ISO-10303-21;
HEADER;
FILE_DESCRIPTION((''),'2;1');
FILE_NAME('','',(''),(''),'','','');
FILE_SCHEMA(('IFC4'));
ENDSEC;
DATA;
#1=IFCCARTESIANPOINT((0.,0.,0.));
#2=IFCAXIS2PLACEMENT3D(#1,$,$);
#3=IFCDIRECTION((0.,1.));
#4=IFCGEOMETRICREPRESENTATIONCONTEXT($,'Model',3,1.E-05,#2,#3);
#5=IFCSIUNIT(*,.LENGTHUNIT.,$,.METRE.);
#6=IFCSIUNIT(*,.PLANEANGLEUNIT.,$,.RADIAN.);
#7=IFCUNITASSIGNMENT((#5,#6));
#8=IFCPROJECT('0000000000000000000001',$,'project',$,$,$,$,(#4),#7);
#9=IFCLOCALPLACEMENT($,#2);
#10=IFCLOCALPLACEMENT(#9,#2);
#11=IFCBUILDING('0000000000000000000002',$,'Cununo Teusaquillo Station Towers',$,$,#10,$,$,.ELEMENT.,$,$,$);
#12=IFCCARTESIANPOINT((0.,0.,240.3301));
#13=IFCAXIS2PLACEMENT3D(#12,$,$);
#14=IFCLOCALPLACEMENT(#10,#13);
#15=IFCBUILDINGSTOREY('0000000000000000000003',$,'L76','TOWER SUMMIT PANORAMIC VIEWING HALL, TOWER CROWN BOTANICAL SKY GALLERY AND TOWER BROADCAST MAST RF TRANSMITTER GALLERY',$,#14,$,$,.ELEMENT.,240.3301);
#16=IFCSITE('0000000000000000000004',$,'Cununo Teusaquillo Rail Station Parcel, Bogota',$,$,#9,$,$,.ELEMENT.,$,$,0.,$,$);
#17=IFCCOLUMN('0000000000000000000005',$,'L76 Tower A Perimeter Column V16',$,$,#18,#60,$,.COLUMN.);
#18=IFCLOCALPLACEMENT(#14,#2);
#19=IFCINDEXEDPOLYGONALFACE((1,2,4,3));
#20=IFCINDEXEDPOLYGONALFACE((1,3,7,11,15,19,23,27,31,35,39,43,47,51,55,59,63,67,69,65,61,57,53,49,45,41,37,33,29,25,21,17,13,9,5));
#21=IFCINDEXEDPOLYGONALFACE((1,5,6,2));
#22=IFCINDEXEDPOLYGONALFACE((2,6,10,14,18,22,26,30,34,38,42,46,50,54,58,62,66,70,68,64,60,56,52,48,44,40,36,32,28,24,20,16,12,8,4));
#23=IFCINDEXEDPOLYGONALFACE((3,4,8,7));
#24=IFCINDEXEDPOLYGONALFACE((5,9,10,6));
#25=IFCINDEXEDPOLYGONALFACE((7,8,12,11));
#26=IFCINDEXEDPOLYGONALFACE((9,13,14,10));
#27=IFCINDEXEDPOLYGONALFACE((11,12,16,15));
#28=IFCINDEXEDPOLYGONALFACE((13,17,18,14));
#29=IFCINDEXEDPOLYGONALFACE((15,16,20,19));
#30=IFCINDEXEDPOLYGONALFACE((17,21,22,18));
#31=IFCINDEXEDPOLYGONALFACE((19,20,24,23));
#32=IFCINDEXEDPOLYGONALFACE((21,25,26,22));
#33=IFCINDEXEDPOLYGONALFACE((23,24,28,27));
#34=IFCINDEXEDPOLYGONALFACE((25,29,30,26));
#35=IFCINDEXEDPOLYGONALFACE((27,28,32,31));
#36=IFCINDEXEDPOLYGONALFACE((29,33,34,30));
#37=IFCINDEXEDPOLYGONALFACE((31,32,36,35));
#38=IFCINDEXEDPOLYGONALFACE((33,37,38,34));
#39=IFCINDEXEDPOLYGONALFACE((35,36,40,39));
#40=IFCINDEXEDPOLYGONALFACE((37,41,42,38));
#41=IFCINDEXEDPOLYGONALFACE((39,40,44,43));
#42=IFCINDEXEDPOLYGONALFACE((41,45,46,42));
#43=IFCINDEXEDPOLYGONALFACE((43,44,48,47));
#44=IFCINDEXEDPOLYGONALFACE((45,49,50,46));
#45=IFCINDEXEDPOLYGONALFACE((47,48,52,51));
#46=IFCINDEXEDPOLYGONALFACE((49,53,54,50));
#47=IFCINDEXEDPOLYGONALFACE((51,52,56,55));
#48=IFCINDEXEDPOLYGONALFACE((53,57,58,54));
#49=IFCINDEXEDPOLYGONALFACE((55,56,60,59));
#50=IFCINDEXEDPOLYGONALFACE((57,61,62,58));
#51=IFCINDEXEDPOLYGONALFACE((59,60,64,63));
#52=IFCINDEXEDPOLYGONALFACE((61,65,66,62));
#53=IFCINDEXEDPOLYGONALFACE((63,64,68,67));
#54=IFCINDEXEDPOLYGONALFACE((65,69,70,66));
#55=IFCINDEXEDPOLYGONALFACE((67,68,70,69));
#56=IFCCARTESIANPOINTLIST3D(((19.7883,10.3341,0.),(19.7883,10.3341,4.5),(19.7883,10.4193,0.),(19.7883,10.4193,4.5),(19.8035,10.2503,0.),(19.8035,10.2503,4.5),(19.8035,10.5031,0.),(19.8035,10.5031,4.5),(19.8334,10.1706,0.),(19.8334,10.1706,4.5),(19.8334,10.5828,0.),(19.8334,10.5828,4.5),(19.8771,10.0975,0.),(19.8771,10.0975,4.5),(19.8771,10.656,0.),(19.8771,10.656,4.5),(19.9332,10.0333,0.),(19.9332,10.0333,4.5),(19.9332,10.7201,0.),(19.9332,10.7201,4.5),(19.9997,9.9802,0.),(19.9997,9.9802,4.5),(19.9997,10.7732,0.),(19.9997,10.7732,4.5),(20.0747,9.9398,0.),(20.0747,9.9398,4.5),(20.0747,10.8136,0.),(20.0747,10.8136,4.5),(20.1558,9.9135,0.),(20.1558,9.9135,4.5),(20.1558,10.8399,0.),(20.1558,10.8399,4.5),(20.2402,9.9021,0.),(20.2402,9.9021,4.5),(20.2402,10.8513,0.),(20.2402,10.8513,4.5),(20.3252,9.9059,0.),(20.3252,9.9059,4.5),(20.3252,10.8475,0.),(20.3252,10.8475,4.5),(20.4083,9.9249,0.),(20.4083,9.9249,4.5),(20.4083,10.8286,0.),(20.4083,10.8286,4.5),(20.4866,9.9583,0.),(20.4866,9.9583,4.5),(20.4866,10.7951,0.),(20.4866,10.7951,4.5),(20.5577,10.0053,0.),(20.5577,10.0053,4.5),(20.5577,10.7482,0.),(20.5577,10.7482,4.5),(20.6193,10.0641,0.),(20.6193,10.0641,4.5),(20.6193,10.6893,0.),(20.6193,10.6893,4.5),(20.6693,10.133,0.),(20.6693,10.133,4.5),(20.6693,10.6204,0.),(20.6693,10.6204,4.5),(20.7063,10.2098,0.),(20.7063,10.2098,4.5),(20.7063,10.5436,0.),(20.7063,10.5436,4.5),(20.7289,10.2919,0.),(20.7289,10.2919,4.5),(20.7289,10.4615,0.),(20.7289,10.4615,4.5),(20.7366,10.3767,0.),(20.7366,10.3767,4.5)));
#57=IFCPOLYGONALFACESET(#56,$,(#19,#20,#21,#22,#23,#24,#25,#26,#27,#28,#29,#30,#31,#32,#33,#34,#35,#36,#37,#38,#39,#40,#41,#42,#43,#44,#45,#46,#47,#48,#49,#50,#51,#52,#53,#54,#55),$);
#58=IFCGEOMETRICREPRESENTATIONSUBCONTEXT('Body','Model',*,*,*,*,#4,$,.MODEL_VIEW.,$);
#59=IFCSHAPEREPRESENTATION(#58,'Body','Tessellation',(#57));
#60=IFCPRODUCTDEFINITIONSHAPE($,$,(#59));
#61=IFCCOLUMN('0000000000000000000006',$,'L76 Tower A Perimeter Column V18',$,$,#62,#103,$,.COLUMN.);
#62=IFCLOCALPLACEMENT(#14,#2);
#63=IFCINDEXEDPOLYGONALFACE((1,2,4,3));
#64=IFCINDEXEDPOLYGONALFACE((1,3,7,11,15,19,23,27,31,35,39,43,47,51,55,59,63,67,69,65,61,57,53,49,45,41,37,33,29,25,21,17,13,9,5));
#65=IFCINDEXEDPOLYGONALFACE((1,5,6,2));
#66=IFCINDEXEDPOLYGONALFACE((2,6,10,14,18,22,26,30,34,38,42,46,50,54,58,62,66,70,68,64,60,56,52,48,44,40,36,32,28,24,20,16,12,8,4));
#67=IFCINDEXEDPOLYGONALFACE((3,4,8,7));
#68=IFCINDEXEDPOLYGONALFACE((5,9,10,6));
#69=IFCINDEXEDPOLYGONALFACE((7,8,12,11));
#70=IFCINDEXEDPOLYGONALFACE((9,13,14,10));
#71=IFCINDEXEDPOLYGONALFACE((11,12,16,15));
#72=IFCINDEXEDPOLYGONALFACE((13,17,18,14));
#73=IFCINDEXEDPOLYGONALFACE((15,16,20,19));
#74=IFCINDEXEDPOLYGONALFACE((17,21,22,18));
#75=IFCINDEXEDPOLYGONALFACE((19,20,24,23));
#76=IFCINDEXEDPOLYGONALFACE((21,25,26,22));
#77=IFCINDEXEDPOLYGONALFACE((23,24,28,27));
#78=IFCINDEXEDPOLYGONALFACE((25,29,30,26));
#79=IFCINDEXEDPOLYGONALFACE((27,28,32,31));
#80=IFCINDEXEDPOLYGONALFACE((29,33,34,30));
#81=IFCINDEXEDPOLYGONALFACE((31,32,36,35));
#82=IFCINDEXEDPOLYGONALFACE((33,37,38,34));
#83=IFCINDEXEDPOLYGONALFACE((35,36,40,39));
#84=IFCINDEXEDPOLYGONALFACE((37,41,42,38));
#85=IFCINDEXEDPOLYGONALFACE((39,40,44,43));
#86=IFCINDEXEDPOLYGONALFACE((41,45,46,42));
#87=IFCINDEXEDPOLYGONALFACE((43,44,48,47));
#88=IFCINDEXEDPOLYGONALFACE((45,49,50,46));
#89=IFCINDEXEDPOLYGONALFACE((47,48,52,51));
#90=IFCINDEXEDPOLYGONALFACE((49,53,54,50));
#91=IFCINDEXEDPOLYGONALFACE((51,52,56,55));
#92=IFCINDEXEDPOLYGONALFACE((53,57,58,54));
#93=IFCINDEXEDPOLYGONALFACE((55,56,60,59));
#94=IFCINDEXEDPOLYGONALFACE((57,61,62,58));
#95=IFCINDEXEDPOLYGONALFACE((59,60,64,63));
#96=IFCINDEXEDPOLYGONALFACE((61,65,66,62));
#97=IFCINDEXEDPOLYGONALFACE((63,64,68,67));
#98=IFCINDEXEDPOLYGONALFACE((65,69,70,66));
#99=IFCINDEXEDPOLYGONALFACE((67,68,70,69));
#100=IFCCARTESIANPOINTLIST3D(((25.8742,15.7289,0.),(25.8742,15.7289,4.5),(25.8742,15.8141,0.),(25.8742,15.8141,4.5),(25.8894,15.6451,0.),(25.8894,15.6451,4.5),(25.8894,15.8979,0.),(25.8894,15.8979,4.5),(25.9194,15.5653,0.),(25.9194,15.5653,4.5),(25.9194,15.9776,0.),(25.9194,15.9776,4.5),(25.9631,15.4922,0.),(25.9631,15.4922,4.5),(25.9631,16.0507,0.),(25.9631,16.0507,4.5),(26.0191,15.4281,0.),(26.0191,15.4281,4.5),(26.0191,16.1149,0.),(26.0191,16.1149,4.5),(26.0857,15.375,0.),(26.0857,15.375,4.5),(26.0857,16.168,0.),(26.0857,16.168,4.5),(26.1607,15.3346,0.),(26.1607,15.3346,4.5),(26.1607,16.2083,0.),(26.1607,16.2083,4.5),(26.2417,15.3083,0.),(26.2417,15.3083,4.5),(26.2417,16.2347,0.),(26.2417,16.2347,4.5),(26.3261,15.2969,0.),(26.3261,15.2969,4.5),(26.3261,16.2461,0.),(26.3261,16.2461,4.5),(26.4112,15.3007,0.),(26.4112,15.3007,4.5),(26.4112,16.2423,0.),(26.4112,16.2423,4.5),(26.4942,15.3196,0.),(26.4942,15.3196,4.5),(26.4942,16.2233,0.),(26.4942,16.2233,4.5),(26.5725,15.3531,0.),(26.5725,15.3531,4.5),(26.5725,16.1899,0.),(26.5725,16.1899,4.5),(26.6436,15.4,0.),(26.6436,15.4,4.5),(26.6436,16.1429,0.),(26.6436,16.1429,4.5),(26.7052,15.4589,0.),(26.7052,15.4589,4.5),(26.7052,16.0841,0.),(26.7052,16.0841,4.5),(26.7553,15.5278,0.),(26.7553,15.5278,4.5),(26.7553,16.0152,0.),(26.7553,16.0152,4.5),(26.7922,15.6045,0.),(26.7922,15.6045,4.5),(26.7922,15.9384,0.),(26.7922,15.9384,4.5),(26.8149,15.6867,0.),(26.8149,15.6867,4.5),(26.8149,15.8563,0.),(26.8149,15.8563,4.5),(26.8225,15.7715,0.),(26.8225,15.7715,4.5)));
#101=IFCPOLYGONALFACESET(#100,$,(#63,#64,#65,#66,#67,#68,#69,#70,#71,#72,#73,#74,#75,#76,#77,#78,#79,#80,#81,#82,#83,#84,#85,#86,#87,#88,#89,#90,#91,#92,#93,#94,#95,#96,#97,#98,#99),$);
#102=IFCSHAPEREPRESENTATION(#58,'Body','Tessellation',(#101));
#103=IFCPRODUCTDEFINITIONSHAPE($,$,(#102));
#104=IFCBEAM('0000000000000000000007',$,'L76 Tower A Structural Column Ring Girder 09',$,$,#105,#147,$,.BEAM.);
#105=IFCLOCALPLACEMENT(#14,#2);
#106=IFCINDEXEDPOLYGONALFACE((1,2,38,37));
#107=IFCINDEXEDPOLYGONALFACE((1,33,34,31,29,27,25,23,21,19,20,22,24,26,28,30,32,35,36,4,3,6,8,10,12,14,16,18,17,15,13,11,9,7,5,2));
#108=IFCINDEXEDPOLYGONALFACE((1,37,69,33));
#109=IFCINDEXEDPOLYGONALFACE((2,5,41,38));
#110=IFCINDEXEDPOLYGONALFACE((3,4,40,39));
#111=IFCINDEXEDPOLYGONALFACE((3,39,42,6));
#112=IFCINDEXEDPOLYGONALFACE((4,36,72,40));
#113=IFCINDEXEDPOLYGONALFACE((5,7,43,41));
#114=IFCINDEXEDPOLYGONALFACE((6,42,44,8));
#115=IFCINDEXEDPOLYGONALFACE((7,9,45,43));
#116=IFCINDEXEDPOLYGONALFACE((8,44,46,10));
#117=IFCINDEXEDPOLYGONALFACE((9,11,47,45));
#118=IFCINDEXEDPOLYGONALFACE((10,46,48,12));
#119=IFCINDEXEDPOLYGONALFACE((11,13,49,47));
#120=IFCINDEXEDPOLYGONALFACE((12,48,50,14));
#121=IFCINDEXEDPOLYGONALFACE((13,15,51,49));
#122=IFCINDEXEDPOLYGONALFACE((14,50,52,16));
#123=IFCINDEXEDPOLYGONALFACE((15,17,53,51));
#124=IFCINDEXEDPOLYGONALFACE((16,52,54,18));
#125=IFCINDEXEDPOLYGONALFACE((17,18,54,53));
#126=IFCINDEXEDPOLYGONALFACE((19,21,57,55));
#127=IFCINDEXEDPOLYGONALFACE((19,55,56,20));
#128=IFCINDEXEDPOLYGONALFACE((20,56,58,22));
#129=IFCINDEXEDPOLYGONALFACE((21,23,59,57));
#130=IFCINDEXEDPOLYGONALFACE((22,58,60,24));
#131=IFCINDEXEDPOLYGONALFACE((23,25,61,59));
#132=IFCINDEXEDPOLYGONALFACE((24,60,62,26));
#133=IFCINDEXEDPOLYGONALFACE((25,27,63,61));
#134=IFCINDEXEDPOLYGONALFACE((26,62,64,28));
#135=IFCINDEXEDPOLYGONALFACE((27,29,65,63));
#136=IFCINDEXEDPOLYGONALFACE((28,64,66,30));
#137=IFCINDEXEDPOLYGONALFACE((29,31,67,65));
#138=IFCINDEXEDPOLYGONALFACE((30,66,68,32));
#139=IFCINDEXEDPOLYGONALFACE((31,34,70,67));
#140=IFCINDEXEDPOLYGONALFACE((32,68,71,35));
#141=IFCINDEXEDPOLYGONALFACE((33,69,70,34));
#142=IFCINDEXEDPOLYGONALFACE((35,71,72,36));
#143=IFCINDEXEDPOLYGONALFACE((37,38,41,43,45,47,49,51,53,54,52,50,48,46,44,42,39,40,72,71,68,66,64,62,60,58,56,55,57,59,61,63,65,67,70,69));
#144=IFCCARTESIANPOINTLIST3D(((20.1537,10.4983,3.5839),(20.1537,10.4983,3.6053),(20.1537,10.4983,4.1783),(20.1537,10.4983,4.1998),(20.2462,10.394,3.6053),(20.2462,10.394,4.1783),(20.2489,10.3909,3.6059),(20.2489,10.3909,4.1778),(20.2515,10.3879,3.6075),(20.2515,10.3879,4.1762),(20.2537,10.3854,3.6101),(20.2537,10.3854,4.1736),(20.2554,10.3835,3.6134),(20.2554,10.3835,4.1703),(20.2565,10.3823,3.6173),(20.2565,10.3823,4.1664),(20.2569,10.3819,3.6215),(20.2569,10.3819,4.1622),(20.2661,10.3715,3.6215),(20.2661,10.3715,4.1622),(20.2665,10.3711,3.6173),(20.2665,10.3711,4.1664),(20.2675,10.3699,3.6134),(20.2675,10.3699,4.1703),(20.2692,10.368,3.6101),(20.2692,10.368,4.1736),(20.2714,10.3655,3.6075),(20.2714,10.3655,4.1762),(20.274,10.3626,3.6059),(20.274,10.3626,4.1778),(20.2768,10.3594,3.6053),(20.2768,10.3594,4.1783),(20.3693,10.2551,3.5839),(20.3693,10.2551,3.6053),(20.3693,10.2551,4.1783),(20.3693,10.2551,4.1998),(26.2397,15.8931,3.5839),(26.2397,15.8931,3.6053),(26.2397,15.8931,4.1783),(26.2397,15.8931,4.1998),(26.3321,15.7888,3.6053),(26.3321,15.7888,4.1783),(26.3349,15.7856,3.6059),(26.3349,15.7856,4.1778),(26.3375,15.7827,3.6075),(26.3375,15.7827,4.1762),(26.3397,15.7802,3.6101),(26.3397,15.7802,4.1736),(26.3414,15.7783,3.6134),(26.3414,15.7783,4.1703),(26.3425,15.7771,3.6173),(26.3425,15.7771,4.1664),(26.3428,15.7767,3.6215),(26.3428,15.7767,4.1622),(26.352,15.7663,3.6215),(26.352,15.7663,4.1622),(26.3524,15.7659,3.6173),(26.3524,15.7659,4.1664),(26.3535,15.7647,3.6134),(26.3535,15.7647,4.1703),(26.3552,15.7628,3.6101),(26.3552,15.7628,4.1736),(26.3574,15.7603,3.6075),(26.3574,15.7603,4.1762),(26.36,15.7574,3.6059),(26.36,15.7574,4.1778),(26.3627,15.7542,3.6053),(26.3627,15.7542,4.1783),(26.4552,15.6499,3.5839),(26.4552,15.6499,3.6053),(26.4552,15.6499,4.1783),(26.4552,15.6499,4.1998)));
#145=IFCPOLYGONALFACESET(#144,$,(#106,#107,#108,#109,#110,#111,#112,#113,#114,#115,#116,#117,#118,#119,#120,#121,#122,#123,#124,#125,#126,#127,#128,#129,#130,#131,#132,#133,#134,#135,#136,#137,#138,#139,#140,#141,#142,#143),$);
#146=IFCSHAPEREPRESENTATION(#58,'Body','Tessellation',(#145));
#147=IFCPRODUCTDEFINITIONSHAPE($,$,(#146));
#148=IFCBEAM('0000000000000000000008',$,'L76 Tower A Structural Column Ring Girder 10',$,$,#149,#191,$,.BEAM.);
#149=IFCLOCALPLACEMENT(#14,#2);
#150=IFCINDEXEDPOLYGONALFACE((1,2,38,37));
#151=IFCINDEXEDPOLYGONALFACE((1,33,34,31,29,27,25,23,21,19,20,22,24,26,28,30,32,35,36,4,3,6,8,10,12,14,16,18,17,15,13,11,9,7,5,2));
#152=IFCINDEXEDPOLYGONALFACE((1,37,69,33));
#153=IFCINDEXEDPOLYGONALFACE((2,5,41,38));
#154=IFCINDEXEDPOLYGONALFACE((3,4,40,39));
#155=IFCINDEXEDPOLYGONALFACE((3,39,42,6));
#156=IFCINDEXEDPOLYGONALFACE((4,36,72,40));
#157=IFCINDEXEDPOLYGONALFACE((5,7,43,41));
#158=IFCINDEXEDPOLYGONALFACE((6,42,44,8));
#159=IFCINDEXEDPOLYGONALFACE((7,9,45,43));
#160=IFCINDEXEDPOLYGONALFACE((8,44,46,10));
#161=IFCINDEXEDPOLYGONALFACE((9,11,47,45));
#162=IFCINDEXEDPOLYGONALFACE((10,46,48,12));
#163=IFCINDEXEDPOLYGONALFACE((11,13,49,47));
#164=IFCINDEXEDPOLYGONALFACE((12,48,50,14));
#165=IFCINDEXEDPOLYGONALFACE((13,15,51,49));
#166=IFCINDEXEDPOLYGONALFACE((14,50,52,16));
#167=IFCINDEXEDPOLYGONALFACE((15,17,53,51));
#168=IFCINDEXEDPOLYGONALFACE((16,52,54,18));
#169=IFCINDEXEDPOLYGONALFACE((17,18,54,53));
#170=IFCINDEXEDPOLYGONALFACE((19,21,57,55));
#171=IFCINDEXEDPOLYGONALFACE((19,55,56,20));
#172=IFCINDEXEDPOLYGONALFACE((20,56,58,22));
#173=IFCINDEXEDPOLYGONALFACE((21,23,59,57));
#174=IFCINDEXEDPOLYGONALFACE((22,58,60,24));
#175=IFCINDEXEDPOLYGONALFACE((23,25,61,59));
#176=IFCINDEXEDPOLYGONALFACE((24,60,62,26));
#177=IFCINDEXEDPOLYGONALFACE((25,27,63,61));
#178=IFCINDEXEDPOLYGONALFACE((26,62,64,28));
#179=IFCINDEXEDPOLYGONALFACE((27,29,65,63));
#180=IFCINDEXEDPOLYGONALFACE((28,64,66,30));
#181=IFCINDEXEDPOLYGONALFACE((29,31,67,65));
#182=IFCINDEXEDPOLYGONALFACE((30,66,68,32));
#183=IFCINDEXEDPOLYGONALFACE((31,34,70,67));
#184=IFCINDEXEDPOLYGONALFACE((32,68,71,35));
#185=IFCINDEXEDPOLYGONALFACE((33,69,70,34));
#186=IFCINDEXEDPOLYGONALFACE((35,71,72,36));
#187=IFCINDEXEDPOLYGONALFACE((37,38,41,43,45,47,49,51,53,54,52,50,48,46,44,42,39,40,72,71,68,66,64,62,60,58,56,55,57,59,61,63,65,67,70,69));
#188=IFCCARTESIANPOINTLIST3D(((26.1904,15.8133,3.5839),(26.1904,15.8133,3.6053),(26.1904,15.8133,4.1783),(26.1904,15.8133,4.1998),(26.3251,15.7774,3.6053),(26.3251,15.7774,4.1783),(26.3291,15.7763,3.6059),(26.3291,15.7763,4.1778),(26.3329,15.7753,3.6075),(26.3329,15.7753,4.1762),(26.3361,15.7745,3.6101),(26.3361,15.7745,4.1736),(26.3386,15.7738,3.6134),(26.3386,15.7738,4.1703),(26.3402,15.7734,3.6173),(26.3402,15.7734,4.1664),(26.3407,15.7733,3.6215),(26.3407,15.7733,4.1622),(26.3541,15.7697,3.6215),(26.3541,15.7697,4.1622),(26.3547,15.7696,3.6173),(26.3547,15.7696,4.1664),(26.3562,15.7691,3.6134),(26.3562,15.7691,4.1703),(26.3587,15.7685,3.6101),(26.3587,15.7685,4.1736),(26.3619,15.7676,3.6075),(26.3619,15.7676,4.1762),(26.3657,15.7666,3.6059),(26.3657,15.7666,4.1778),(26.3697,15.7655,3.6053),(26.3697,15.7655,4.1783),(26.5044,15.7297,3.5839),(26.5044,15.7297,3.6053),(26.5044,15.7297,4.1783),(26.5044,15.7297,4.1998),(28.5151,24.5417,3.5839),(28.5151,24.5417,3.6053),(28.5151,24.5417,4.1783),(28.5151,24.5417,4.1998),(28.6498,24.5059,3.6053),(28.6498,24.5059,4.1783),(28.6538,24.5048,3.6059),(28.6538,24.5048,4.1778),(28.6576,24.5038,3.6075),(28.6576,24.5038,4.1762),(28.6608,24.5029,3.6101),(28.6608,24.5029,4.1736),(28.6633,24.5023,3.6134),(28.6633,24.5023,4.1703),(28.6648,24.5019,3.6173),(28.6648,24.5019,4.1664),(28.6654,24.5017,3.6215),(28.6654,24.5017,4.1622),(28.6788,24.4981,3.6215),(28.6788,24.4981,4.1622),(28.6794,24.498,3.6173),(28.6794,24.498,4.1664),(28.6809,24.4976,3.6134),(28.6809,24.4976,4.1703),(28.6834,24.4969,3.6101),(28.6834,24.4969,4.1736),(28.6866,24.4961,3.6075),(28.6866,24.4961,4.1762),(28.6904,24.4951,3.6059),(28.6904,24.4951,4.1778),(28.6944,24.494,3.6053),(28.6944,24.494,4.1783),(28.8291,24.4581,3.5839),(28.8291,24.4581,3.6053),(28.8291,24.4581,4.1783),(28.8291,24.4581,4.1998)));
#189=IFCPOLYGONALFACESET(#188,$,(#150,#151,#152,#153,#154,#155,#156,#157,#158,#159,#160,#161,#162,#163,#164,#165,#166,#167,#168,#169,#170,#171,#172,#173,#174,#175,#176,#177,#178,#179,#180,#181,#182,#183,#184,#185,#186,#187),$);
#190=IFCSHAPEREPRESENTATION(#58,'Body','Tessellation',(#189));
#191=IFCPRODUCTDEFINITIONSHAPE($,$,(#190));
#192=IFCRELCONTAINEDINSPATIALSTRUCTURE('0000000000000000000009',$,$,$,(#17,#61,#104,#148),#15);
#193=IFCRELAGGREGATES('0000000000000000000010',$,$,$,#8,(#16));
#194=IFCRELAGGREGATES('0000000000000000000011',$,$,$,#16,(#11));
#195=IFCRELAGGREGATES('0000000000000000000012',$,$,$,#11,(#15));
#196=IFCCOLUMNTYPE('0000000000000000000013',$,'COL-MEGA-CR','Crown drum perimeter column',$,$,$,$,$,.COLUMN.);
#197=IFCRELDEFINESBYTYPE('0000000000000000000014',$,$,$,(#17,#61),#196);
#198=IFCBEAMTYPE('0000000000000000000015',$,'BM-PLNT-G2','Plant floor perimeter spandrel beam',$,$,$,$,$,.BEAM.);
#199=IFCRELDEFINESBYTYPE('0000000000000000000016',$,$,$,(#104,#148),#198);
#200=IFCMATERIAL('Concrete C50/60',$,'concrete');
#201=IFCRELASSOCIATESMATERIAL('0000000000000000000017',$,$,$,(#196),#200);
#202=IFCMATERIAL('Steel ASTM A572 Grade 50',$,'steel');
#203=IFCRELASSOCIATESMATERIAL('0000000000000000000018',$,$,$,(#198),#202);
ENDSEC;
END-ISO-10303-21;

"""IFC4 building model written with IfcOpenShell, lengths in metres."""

from ifc_helpers import new_model, si_unit, direction, frame, origin, origin_2d, place, context, subcontext, project, spatial, circle, i_section, extrude, material, material_profile, profile_set, type_object, element, save


model = new_model("IFC4")

# Units and contexts
model_context = context("Model", 3, precision=1e-05, world=origin(), true_north=direction((0.0, 1.0)))
body_context = subcontext(model_context, "Body", "Model", "MODEL_VIEW")
ifc_project = project(units=[si_unit("LENGTHUNIT", "METRE"), si_unit("PLANEANGLEUNIT", "RADIAN")], contexts=[model_context])

# Site, building, storey
site_placement = place(None, origin())
site = spatial("IfcSite", under=ifc_project, at=site_placement, Name="Cununo Teusaquillo Rail Station Parcel, Bogota", CompositionType="ELEMENT", RefElevation=0.0)
building_placement = place(site_placement, origin())
building = spatial("IfcBuilding", under=site, at=building_placement, Name="Cununo Teusaquillo Station Towers", CompositionType="ELEMENT")
storey_placement = place(building_placement, frame((0.0, 0.0, 240.3301)))
storey = spatial("IfcBuildingStorey", under=building, at=storey_placement, Name="L76", Description="TOWER SUMMIT PANORAMIC VIEWING HALL, TOWER CROWN BOTANICAL SKY GALLERY AND TOWER BROADCAST MAST RF TRANSMITTER GALLERY", CompositionType="ELEMENT", Elevation=240.3301)

# Columns
ifc_material_1 = material(Name="Concrete C50/60", Category="concrete")
ifc_material_profile_1 = material_profile(ifc_material_1, circle(Radius=0.4751, at=origin_2d()), Name="RC-CIRC-950")
ifc_profile_set_1 = profile_set([ifc_material_profile_1], Name="Concrete C50/60")
column_type = type_object("IfcColumnType", Name="COL-MEGA-CR", Description="Crown drum perimeter column", PredefinedType="COLUMN", material=ifc_profile_set_1)
for number, where, z_axis, x_axis, name in (
    (1, (20.2615, 10.3767, 0.0), (0.0, 0.0, 1.0), (1.0, 0.0, 0.0), "L76 Tower A Perimeter Column V16"),
    (2, (26.3474, 15.7715, 0.0), (0.0, 0.0, 1.0), (1.0, 0.0, 0.0), "L76 Tower A Perimeter Column V18"),
):
    element("IfcColumn", number, at=place(storey_placement, frame(where, z_axis=z_axis, x_axis=x_axis)), inside=storey, type_object=column_type, Name=name, PredefinedType="COLUMN", context=body_context, shape_type="SweptSolid", body=[
        extrude(circle(Radius=0.4751, at=origin_2d()), origin(), (0.0, 0.0, 1.0), 4.5),
    ])

# Beams
ifc_material_2 = material(Name="Steel ASTM A572 Grade 50", Category="steel")
ifc_material_profile_2 = material_profile(ifc_material_2, i_section(OverallWidth=0.325, OverallDepth=0.616, WebThickness=0.0139, FlangeThickness=0.0215, FilletRadius=0.0161, at=origin_2d()), Name="W24X117")
ifc_profile_set_2 = profile_set([ifc_material_profile_2], Name="Steel ASTM A572 Grade 50")
beam_type = type_object("IfcBeamType", Name="BM-PLNT-G2", Description="Plant floor perimeter spandrel beam", PredefinedType="BEAM", material=ifc_profile_set_2)
beam_1_placement = place(storey_placement, frame((20.2615, 10.3767, 3.8918), z_axis=(0.748321, 0.663337, 0.0), x_axis=(-0.663337, 0.748321, 0.0)))
element("IfcBeam", 3, at=beam_1_placement, inside=storey, type_object=beam_type, Name="L76 Tower A Structural Column Ring Girder 09", PredefinedType="BEAM", context=body_context, shape_type="SweptSolid", body=[
    extrude(i_section(OverallWidth=0.325, OverallDepth=0.616, WebThickness=0.0139, FlangeThickness=0.0215, FilletRadius=0.0161, at=origin_2d()), origin(), (0.0, 0.0, 1.0), 8.1328),
])
beam_2_placement = place(storey_placement, frame((26.3474, 15.7715, 3.8918), z_axis=(0.257363, 0.966315, 0.0), x_axis=(-0.966315, 0.257363, 0.0)))
element("IfcBeam", 4, at=beam_2_placement, inside=storey, type_object=beam_type, Name="L76 Tower A Structural Column Ring Girder 10", PredefinedType="BEAM", context=body_context, shape_type="SweptSolid", body=[
    extrude(i_section(OverallWidth=0.325, OverallDepth=0.616, WebThickness=0.0139, FlangeThickness=0.0215, FilletRadius=0.0161, at=origin_2d()), origin(), (0.0, 0.0, 1.0), 9.0327),
])

save(model, "model.ifc")
